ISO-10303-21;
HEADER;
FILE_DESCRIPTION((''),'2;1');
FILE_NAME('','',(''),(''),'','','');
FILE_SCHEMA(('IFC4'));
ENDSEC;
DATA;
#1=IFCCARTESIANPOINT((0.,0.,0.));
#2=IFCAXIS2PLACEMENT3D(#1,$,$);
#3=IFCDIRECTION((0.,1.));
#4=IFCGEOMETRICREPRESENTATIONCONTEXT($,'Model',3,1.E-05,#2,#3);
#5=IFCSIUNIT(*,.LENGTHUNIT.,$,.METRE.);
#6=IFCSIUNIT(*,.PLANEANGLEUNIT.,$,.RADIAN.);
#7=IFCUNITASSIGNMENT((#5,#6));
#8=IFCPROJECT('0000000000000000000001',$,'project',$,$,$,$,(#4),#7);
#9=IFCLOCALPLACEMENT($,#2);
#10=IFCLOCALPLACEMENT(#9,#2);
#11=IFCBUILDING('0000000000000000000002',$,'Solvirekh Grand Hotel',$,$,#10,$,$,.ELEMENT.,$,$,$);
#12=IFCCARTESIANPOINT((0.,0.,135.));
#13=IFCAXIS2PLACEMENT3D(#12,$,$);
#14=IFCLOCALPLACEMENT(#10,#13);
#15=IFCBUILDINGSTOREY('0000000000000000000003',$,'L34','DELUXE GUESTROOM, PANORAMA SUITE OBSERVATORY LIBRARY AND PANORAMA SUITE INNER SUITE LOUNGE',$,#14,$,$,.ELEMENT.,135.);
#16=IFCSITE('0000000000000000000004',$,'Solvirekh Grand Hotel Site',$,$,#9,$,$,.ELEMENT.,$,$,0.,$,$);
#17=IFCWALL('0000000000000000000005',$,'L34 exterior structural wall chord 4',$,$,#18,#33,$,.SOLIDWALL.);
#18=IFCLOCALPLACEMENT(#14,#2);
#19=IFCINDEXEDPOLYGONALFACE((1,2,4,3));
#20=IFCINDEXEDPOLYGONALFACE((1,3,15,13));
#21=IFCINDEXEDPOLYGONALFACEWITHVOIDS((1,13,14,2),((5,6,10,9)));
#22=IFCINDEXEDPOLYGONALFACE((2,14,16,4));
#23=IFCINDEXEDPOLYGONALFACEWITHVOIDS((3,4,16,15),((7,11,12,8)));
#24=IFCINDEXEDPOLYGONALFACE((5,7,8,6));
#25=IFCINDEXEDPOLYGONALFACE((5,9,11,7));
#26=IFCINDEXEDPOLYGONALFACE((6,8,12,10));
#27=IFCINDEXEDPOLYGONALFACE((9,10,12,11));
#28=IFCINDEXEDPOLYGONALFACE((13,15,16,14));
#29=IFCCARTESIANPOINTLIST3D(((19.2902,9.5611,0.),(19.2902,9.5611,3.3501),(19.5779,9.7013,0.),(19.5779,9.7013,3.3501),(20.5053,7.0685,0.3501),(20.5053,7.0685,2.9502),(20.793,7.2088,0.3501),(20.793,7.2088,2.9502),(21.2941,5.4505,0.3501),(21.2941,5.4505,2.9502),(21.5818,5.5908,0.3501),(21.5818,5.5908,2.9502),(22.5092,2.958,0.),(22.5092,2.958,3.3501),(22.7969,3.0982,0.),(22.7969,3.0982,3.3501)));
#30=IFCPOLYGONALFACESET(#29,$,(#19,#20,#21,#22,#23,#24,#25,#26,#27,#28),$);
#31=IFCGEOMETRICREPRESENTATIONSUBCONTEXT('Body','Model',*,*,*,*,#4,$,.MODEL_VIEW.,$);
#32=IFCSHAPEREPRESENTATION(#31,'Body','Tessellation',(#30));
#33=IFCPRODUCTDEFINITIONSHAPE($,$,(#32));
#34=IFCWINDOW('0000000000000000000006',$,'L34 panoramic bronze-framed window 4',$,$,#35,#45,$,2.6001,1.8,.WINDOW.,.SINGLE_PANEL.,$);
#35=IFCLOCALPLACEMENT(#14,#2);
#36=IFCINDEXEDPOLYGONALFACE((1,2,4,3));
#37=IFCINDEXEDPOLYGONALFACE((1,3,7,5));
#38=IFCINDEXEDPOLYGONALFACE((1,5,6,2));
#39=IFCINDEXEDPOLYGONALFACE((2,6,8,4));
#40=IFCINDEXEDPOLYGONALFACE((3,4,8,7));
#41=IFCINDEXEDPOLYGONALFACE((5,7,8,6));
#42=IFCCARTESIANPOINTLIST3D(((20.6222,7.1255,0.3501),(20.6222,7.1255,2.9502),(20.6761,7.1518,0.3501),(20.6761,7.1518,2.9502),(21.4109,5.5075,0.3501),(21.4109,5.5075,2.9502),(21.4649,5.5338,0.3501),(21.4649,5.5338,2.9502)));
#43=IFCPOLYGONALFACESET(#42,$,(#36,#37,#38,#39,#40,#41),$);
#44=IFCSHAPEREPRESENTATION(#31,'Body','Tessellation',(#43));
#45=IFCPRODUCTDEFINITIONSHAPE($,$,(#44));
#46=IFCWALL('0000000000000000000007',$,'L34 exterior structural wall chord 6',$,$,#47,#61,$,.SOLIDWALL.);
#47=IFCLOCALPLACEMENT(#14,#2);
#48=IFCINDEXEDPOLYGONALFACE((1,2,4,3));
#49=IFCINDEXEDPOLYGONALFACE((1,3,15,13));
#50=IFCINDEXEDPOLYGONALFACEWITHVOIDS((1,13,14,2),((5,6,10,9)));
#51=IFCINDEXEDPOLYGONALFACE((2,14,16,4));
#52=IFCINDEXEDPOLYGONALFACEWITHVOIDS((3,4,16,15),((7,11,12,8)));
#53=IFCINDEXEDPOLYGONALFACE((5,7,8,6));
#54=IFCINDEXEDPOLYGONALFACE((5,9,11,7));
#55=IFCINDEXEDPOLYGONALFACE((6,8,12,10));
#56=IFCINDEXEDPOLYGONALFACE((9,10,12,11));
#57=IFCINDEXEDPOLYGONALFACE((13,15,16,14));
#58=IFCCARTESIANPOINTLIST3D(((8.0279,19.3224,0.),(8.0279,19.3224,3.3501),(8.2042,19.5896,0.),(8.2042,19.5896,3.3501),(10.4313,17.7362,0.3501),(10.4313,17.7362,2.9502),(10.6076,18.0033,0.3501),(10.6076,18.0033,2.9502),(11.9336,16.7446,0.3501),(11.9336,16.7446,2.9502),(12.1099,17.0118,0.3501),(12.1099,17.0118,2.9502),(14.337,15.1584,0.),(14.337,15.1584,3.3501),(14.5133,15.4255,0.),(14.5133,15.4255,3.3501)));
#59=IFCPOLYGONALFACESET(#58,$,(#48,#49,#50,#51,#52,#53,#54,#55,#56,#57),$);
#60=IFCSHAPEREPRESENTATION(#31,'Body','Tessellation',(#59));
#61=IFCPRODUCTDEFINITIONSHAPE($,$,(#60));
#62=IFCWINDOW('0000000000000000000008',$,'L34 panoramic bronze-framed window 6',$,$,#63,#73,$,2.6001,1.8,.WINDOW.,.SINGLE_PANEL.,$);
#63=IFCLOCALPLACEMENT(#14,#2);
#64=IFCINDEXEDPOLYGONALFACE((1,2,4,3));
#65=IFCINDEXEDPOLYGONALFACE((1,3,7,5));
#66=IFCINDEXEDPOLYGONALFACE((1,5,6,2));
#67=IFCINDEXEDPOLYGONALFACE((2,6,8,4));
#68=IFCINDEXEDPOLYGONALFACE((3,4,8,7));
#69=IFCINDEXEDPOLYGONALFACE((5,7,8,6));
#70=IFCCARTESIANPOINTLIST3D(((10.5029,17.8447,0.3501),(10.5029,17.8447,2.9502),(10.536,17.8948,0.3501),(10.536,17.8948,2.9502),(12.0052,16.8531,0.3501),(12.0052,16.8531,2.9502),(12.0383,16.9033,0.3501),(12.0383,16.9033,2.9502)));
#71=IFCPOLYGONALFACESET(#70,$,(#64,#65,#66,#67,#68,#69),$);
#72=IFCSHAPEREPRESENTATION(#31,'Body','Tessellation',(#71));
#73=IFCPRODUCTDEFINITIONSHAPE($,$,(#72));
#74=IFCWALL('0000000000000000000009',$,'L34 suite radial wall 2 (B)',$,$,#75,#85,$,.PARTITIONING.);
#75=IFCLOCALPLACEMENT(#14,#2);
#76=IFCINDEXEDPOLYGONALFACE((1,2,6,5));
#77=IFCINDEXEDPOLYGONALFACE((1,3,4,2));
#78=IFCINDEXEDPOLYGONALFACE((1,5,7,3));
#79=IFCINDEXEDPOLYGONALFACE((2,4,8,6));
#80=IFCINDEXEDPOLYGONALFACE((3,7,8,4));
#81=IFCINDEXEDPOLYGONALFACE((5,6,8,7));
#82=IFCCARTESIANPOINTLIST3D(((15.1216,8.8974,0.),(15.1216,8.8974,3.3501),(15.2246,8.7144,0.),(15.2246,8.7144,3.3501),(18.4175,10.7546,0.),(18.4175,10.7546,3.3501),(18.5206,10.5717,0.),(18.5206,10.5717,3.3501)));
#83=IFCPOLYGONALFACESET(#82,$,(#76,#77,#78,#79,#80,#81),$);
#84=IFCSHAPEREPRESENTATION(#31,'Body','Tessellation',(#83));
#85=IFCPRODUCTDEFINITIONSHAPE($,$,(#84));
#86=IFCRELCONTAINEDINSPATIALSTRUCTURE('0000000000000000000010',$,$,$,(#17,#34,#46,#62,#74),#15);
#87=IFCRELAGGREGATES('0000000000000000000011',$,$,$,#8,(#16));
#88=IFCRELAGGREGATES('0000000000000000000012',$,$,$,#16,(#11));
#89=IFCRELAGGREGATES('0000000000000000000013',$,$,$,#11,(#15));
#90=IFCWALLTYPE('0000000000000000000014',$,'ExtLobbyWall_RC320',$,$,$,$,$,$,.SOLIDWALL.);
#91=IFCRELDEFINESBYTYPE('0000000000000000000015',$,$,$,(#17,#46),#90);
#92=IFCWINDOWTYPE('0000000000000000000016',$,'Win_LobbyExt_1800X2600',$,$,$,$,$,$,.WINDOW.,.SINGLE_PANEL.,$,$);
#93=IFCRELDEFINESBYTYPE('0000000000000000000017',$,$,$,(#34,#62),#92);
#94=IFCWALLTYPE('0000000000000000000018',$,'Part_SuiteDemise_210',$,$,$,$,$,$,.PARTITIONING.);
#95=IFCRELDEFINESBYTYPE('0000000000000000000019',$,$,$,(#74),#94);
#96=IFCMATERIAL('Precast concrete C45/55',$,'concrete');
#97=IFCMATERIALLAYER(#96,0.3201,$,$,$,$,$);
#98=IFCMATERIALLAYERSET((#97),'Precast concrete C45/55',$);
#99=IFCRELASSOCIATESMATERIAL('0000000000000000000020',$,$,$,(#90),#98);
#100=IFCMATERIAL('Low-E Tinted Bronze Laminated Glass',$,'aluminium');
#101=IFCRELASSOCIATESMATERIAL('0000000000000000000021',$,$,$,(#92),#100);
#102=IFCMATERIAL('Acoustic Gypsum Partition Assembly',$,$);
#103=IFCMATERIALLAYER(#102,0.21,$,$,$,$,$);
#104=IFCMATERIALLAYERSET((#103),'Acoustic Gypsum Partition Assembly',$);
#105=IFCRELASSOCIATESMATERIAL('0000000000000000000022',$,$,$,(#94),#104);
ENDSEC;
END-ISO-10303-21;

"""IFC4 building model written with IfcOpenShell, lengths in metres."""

from ifc_helpers import new_model, si_unit, direction, frame, frame_2d, origin, place, context, subcontext, project, spatial, rectangle, extrude, material, layer, layer_set, type_object, element, fill, save


model = new_model("IFC4")

# Units and contexts
model_context = context("Model", 3, precision=1e-05, world=origin(), true_north=direction((0.0, 1.0)))
body_context = subcontext(model_context, "Body", "Model", "MODEL_VIEW")
ifc_project = project(units=[si_unit("LENGTHUNIT", "METRE"), si_unit("PLANEANGLEUNIT", "RADIAN")], contexts=[model_context])

# Site, building, storey
site_placement = place(None, origin())
site = spatial("IfcSite", under=ifc_project, at=site_placement, Name="Solvirekh Grand Hotel Site", CompositionType="ELEMENT", RefElevation=0.0)
building_placement = place(site_placement, origin())
building = spatial("IfcBuilding", under=site, at=building_placement, Name="Solvirekh Grand Hotel", CompositionType="ELEMENT")
storey_placement = place(building_placement, frame((0.0, 0.0, 135.0)))
storey = spatial("IfcBuildingStorey", under=building, at=storey_placement, Name="L34", Description="DELUXE GUESTROOM, PANORAMA SUITE OBSERVATORY LIBRARY AND PANORAMA SUITE INNER SUITE LOUNGE", CompositionType="ELEMENT", Elevation=135.0)

# Shared definitions
ifc_material_1 = material(Name="Low-E Tinted Bronze Laminated Glass", Category="aluminium")

# Walls, openings, windows
ifc_material_2 = material(Name="Precast concrete C45/55", Category="concrete")
ifc_layer_1 = layer(ifc_material_2, 0.3201)
ifc_layer_set_1 = layer_set([ifc_layer_1], Name="Precast concrete C45/55")
wall_type_1 = type_object("IfcWallType", Name="ExtLobbyWall_RC320", PredefinedType="SOLIDWALL", material=ifc_layer_set_1)
wall_1_placement = place(storey_placement, frame((19.4341, 9.6311, 0.0), z_axis=(0.0, 0.0, 1.0), x_axis=(0.438204, -0.898875, 0.0)))
wall_1 = element("IfcWall", 1, at=wall_1_placement, inside=storey, type_object=wall_type_1, Name="L34 exterior structural wall chord 4", PredefinedType="SOLIDWALL", context=body_context, shape_type="SweptSolid", body=[
    extrude(rectangle(XDim=7.3459, YDim=0.3201, at=frame_2d((3.6729, 0.0))), origin(), (0.0, 0.0, 1.0), 3.3501),
])
opening_1_placement = place(wall_1_placement, frame((2.7729, 0.0, 0.3501)))
opening_1 = element("IfcOpeningElement", 2, at=opening_1_placement, cuts=wall_1, PredefinedType="OPENING", context=body_context, shape_type="SweptSolid", body=[
    extrude(rectangle(XDim=1.8, YDim=2.6001, at=frame_2d((0.8999, 1.3))), frame((0.0, 0.1699, 0.0), z_axis=(0.0, -1.0, 0.0), x_axis=(1.0, 0.0, 0.0)), (0.0, 0.0, 1.0), 0.3401),
])
window_type = type_object("IfcWindowType", Name="Win_LobbyExt_1800X2600", PartitioningType="SINGLE_PANEL", PredefinedType="WINDOW", material=ifc_material_1)
window_1_placement = place(opening_1_placement, origin())
window_1 = element("IfcWindow", 3, at=window_1_placement, inside=storey, type_object=window_type, Name="L34 panoramic bronze-framed window 4", OverallHeight=2.6001, OverallWidth=1.8, PartitioningType="SINGLE_PANEL", PredefinedType="WINDOW", context=body_context, shape_type="SweptSolid", body=[
    extrude(rectangle(XDim=1.8, YDim=2.6001, at=frame_2d((0.8999, 1.3))), frame((0.0, 0.03, 0.0), z_axis=(0.0, -1.0, 0.0), x_axis=(1.0, 0.0, 0.0)), (0.0, 0.0, 1.0), 0.0601),
])
fill(opening_1, window_1)
wall_2_placement = place(storey_placement, frame((8.116, 19.4561, 0.0), z_axis=(0.0, 0.0, 1.0), x_axis=(0.834605, -0.550849, 0.0)))
wall_2 = element("IfcWall", 4, at=wall_2_placement, inside=storey, type_object=wall_type_1, Name="L34 exterior structural wall chord 6", PredefinedType="SOLIDWALL", context=body_context, shape_type="SweptSolid", body=[
    extrude(rectangle(XDim=7.5593, YDim=0.3201, at=frame_2d((3.7798, 0.0))), origin(), (0.0, 0.0, 1.0), 3.3501),
])
opening_2_placement = place(wall_2_placement, frame((2.8799, 0.0, 0.3501)))
opening_2 = element("IfcOpeningElement", 5, at=opening_2_placement, cuts=wall_2, PredefinedType="OPENING", context=body_context, shape_type="SweptSolid", body=[
    extrude(rectangle(XDim=1.8, YDim=2.6001, at=frame_2d((0.8999, 1.3))), frame((0.0, 0.1699, 0.0), z_axis=(0.0, -1.0, 0.0), x_axis=(1.0, 0.0, 0.0)), (0.0, 0.0, 1.0), 0.3401),
])
window_2_placement = place(opening_2_placement, origin())
window_2 = element("IfcWindow", 6, at=window_2_placement, inside=storey, type_object=window_type, Name="L34 panoramic bronze-framed window 6", OverallHeight=2.6001, OverallWidth=1.8, PartitioningType="SINGLE_PANEL", PredefinedType="WINDOW", context=body_context, shape_type="SweptSolid", body=[
    extrude(rectangle(XDim=1.8, YDim=2.6001, at=frame_2d((0.8999, 1.3))), frame((0.0, 0.03, 0.0), z_axis=(0.0, -1.0, 0.0), x_axis=(1.0, 0.0, 0.0)), (0.0, 0.0, 1.0), 0.0601),
])
fill(opening_2, window_2)

# Wall
ifc_material_3 = material(Name="Acoustic Gypsum Partition Assembly")
ifc_layer_2 = layer(ifc_material_3, 0.21)
ifc_layer_set_2 = layer_set([ifc_layer_2], Name="Acoustic Gypsum Partition Assembly")
wall_type_2 = type_object("IfcWallType", Name="Part_SuiteDemise_210", PredefinedType="PARTITIONING", material=ifc_layer_set_2)
wall_3_placement = place(storey_placement, frame((15.1731, 8.8059, 0.0), z_axis=(0.0, 0.0, 1.0), x_axis=(0.87121, 0.490911, 0.0)))
element("IfcWall", 7, at=wall_3_placement, inside=storey, type_object=wall_type_2, Name="L34 suite radial wall 2 (B)", PredefinedType="PARTITIONING", context=body_context, shape_type="SweptSolid", body=[
    extrude(rectangle(XDim=3.7832, YDim=0.21, at=frame_2d((1.8916, 0.0))), origin(), (0.0, 0.0, 1.0), 3.3501),
])

save(model, "model.ifc")
